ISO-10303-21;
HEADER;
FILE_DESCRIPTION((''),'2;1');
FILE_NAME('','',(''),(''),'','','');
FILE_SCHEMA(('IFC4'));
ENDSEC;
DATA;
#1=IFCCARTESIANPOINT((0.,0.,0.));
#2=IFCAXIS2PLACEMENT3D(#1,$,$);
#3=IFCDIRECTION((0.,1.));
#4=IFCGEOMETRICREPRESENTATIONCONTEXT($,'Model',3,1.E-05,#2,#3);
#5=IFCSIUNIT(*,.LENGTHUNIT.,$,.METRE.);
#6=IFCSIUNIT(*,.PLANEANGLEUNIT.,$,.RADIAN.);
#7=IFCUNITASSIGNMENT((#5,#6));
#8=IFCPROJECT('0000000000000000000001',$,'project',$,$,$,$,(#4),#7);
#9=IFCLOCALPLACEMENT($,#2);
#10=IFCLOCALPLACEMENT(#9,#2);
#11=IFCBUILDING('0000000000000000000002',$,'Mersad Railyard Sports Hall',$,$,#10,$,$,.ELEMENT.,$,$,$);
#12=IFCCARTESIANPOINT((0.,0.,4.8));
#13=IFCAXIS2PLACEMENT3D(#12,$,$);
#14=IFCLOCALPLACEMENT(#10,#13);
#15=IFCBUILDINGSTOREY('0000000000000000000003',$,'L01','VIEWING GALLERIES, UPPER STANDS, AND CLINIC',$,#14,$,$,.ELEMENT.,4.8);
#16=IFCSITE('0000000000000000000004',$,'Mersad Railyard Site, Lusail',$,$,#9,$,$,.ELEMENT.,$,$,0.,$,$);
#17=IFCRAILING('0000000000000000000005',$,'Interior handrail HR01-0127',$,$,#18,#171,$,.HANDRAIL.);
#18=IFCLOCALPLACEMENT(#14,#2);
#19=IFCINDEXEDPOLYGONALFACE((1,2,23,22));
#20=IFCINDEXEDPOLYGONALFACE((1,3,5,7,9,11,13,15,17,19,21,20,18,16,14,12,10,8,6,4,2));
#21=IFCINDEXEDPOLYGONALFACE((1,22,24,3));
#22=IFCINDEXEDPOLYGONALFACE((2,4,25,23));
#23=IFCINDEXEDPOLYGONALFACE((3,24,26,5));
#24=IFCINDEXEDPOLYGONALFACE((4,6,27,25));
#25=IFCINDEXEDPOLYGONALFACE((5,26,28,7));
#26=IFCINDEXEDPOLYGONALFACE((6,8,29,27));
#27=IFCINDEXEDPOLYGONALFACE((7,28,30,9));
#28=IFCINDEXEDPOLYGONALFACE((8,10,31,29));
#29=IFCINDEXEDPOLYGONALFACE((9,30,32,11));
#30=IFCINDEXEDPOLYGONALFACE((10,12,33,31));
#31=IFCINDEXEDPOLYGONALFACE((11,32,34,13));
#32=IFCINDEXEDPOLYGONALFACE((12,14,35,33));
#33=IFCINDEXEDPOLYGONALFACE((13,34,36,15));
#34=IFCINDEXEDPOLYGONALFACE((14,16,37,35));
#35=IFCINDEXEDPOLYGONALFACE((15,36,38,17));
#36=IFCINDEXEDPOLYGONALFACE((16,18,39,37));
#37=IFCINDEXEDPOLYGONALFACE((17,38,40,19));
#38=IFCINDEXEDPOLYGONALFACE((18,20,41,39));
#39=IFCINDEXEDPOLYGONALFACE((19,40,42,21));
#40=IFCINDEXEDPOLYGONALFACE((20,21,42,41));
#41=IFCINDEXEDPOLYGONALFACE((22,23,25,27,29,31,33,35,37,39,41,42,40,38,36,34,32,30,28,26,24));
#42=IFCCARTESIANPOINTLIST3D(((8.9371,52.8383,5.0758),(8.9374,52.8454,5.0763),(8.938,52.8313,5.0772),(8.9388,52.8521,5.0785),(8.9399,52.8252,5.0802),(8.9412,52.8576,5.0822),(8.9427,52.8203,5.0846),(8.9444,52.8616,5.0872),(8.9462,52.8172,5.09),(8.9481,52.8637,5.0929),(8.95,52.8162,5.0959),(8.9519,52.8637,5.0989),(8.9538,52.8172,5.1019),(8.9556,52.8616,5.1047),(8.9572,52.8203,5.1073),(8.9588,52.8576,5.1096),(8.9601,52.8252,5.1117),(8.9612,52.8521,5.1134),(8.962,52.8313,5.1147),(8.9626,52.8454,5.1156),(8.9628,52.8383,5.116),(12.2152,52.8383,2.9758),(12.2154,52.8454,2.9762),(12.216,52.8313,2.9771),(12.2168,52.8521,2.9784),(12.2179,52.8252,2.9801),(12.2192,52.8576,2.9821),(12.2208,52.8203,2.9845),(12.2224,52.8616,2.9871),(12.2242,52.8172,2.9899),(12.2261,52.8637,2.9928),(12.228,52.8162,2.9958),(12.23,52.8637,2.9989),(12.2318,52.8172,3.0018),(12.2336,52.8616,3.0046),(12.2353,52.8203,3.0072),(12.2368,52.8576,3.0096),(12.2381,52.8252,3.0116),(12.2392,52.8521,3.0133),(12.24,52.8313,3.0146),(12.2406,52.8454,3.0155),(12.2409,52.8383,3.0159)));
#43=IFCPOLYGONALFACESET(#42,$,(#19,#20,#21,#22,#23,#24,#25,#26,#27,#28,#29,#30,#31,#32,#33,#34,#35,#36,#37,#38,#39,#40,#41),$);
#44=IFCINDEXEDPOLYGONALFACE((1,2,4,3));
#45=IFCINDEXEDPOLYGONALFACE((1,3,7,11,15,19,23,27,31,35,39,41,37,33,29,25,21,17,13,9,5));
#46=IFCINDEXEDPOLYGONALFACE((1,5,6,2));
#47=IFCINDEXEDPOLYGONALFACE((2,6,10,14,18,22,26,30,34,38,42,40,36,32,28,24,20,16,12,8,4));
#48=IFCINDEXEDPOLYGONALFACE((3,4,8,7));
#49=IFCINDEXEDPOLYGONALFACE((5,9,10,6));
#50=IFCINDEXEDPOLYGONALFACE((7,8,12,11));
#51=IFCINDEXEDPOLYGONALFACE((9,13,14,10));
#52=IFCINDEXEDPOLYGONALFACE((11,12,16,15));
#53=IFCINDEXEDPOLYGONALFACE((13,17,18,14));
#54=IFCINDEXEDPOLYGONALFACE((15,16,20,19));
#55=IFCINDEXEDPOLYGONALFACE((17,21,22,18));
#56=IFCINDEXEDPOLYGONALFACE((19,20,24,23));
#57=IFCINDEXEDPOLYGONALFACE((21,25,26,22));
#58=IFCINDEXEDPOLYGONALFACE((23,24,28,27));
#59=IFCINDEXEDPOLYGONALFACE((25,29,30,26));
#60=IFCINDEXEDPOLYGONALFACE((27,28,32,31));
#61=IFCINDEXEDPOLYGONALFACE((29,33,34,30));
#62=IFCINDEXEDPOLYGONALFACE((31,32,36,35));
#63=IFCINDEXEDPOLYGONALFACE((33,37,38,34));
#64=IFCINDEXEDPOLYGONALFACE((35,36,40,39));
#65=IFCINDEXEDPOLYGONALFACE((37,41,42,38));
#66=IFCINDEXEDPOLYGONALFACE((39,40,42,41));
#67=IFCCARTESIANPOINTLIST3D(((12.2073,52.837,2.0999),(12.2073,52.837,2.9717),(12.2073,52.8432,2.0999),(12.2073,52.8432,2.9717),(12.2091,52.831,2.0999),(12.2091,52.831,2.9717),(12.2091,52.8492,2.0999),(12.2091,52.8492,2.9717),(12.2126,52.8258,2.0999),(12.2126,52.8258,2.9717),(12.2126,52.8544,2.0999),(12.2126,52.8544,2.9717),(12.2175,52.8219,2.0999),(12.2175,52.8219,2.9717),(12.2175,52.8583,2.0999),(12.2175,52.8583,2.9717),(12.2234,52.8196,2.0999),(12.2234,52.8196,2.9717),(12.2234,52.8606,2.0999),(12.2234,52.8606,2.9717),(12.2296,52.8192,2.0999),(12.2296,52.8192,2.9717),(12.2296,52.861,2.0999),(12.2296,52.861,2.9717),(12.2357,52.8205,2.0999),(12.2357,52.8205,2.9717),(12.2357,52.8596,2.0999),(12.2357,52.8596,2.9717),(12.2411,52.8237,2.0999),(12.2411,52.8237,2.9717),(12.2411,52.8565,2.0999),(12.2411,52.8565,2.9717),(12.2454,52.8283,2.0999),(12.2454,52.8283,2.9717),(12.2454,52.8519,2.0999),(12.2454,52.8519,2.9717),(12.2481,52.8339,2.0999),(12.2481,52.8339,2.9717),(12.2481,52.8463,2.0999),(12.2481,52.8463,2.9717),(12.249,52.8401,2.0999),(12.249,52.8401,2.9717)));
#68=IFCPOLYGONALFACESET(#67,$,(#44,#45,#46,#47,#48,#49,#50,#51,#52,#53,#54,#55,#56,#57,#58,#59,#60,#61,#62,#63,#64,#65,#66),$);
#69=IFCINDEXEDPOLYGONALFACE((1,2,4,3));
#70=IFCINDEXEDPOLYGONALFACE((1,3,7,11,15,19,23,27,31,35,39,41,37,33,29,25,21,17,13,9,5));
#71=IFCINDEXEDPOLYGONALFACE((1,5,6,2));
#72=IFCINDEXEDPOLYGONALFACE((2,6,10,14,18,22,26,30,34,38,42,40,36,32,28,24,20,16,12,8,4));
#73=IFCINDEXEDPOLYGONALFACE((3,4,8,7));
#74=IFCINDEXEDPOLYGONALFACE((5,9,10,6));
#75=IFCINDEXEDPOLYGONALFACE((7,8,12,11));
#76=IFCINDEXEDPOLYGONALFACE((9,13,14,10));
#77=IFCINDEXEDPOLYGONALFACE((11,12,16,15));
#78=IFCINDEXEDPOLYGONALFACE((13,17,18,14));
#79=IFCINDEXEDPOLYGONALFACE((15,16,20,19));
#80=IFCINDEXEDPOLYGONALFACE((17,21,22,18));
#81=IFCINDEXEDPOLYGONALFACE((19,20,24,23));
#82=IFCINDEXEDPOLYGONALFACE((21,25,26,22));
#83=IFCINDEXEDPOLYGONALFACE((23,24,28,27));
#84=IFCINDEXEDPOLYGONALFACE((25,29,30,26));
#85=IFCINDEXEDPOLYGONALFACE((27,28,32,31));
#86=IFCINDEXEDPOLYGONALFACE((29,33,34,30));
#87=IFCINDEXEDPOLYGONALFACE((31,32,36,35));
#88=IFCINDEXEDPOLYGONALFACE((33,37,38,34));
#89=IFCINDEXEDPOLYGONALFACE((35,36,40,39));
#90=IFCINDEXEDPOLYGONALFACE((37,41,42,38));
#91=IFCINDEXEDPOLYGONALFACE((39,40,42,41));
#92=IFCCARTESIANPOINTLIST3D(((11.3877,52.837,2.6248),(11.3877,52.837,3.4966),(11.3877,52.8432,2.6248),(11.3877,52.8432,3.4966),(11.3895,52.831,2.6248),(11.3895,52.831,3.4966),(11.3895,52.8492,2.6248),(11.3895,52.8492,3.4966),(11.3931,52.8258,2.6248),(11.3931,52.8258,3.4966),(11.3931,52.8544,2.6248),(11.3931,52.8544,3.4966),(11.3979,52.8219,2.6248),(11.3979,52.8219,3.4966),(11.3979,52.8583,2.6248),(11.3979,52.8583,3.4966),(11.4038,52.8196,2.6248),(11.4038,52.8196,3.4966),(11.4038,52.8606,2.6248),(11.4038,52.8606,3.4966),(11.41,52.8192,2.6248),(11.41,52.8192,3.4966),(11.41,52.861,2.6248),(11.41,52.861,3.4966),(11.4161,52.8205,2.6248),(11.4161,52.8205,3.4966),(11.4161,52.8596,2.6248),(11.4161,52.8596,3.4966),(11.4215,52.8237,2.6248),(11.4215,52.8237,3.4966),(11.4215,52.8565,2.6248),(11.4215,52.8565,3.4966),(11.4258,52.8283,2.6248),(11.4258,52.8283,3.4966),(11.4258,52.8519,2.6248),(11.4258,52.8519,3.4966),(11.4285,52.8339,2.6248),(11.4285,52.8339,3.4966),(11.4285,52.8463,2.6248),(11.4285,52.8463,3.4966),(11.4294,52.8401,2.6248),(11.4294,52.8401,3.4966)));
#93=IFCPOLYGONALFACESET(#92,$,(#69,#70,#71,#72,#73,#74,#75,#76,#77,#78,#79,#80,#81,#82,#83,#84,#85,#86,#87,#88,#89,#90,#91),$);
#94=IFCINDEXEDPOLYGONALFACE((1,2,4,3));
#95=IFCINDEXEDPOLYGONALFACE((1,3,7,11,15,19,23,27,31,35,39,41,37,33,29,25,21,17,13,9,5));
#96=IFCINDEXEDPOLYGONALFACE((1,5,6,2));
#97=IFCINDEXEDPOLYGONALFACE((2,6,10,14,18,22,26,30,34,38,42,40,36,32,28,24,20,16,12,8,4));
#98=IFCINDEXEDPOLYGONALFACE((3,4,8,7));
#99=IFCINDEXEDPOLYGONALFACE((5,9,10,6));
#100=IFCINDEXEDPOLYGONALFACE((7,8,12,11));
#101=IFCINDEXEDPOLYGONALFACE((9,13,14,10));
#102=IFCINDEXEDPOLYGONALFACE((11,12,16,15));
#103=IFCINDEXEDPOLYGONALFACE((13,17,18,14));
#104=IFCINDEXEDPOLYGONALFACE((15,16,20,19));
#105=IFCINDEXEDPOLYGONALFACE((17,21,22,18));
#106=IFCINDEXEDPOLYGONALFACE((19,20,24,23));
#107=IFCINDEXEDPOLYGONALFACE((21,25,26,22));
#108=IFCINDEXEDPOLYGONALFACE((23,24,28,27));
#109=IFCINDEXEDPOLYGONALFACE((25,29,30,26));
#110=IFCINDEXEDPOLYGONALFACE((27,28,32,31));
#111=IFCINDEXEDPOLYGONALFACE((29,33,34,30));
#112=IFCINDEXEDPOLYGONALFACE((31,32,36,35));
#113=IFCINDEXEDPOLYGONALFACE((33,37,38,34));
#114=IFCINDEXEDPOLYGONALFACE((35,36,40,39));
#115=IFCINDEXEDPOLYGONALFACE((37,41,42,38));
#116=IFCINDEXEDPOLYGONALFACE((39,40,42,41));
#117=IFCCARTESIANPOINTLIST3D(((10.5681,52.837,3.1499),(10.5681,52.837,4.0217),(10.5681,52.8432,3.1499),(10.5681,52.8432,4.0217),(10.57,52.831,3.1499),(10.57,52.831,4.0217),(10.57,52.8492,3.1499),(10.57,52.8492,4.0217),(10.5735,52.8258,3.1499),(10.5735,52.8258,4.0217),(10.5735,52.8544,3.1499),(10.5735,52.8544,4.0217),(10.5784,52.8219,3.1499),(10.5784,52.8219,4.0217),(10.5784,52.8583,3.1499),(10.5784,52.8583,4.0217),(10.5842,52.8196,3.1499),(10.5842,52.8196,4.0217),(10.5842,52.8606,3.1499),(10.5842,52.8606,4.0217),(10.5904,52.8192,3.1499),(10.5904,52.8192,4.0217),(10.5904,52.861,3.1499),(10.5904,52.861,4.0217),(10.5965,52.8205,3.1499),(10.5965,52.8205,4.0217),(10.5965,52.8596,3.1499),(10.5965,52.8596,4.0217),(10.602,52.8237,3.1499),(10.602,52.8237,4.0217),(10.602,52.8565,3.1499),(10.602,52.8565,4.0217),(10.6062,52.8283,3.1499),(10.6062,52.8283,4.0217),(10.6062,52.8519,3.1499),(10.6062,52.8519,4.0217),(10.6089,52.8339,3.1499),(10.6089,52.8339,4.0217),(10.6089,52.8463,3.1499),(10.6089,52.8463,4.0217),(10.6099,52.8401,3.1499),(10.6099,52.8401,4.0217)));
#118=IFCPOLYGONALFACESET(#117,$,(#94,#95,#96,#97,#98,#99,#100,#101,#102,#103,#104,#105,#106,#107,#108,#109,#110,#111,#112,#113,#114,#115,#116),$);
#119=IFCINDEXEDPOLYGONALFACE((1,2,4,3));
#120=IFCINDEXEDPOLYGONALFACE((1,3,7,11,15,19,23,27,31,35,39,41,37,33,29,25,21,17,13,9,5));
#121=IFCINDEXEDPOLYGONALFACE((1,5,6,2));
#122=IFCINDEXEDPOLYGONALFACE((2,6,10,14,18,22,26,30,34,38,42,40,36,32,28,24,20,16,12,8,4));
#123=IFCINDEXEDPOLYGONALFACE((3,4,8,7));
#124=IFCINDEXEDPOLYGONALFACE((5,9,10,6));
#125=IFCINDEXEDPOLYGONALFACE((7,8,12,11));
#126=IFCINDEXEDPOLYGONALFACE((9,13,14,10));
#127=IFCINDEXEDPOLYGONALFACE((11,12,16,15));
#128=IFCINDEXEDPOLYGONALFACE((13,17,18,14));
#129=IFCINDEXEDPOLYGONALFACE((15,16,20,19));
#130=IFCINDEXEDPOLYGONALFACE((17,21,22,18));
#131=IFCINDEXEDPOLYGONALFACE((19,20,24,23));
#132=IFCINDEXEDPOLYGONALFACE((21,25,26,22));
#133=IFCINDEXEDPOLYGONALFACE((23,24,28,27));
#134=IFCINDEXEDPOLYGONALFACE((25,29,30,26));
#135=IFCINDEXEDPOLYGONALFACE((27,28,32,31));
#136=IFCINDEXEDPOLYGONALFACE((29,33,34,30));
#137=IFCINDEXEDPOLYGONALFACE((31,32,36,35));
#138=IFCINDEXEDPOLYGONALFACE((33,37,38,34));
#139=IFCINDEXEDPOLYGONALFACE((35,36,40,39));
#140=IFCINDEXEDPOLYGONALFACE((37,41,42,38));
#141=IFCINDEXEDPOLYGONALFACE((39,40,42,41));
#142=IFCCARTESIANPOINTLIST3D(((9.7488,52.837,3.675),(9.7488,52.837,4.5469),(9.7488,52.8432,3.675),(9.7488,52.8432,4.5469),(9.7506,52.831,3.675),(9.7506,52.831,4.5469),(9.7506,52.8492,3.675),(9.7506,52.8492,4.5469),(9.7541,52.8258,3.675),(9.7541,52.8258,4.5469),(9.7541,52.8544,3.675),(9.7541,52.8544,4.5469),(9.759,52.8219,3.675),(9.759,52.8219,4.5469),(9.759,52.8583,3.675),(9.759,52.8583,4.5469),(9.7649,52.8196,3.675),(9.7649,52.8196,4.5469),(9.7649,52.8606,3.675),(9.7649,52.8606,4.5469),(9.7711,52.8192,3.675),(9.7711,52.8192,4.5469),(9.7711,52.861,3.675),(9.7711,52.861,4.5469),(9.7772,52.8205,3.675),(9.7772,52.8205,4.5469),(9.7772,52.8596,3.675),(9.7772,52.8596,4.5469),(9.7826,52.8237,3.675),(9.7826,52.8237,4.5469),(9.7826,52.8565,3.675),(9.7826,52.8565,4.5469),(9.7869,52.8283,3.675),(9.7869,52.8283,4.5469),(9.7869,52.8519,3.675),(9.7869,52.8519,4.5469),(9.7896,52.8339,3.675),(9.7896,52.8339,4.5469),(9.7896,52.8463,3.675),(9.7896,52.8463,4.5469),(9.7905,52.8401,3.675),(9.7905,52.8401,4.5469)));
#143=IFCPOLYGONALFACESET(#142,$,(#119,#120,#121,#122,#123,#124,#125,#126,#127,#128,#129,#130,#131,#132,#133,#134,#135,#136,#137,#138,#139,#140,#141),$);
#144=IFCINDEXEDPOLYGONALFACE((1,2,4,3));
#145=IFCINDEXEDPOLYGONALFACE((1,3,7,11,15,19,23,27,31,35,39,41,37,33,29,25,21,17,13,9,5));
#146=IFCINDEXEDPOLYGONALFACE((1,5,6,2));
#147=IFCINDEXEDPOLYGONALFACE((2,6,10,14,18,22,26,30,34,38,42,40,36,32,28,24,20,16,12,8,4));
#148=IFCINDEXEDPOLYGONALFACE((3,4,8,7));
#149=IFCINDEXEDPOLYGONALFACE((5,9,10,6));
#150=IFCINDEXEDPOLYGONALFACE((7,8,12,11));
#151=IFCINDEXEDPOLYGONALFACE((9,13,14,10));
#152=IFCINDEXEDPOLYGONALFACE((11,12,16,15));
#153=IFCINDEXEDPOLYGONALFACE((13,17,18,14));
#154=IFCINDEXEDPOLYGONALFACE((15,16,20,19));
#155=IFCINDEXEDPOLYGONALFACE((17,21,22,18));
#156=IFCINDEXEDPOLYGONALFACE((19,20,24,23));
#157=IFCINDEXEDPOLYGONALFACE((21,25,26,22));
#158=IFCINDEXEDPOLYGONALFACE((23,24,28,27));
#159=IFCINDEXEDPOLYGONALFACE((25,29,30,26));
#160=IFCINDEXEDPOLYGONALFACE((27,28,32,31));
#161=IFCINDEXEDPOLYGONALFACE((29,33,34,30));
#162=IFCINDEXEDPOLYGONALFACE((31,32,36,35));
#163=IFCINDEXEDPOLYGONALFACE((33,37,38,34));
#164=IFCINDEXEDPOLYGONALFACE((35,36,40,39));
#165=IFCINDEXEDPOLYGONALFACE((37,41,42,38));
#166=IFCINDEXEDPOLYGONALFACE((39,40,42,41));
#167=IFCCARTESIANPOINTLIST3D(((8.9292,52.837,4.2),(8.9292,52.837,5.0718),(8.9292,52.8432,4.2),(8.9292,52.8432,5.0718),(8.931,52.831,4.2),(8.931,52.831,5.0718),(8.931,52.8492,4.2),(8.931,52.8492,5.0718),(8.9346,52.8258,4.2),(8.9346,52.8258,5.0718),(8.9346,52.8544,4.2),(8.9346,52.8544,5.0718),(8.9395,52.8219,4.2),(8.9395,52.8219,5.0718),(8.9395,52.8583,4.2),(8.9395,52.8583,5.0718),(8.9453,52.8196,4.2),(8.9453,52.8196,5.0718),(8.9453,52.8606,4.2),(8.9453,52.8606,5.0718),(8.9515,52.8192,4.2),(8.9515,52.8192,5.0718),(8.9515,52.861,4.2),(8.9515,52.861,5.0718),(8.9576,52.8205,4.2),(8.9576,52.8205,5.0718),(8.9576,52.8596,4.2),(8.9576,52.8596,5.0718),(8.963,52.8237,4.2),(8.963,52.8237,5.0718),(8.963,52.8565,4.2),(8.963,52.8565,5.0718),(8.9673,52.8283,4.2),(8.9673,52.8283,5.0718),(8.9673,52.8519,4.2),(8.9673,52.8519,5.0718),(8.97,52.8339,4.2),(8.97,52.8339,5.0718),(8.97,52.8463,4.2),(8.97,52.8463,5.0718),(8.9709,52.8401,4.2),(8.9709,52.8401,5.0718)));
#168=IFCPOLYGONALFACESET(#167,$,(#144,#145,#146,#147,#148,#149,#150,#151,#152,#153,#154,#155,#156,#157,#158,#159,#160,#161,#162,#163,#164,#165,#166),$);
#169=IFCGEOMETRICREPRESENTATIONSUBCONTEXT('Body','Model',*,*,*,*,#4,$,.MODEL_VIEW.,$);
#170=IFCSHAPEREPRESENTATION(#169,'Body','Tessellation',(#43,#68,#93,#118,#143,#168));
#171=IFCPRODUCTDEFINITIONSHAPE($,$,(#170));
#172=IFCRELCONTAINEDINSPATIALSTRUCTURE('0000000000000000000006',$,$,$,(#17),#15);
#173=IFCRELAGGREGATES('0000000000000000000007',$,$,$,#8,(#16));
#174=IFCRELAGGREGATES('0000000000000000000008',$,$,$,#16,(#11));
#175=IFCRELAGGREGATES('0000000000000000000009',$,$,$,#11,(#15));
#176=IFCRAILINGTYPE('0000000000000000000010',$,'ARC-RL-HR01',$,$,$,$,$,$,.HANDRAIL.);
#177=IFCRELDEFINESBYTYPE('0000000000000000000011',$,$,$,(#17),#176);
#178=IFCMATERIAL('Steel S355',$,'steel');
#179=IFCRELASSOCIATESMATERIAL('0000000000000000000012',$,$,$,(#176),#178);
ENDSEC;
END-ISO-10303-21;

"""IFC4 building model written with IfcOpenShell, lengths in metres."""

from ifc_helpers import new_model, si_unit, direction, frame, origin, origin_2d, place, context, subcontext, project, spatial, circle, extrude, material, type_object, element, save


model = new_model("IFC4")

# Units and contexts
model_context = context("Model", 3, precision=1e-05, world=origin(), true_north=direction((0.0, 1.0)))
body_context = subcontext(model_context, "Body", "Model", "MODEL_VIEW")
ifc_project = project(units=[si_unit("LENGTHUNIT", "METRE"), si_unit("PLANEANGLEUNIT", "RADIAN")], contexts=[model_context])

# Site, building, storey
site_placement = place(None, origin())
site = spatial("IfcSite", under=ifc_project, at=site_placement, Name="Mersad Railyard Site, Lusail", CompositionType="ELEMENT", RefElevation=0.0)
building_placement = place(site_placement, origin())
building = spatial("IfcBuilding", under=site, at=building_placement, Name="Mersad Railyard Sports Hall", CompositionType="ELEMENT")
storey_placement = place(building_placement, frame((0.0, 0.0, 4.8)))
storey = spatial("IfcBuildingStorey", under=building, at=storey_placement, Name="L01", Description="VIEWING GALLERIES, UPPER STANDS, AND CLINIC", CompositionType="ELEMENT", Elevation=4.8)

# Shared definitions
ifc_material_1 = material(Name="Steel S355", Category="steel")

# Railing
railing_type = type_object("IfcRailingType", Name="ARC-RL-HR01", PredefinedType="HANDRAIL", material=ifc_material_1)
railing_placement = place(storey_placement, frame((12.228, 52.8401, 2.0999)))
element("IfcRailing", 1, at=railing_placement, inside=storey, type_object=railing_type, Name="Interior handrail HR01-0127", PredefinedType="HANDRAIL", context=body_context, shape_type="SweptSolid", body=[
    extrude(circle(Radius=0.0239, at=origin_2d()), frame((0.0, 0.0, 0.896), z_axis=(-0.842023, 0.0, 0.539442), x_axis=(0.0, -1.0, 0.0)), (0.0, 0.0, 1.0), 3.8931),
    extrude(circle(Radius=0.021, at=origin_2d()), origin(), (0.0, 0.0, 1.0), 0.8718),
    extrude(circle(Radius=0.021, at=origin_2d()), frame((-0.8196, 0.0, 0.5249)), (0.0, 0.0, 1.0), 0.8718),
    extrude(circle(Radius=0.021, at=origin_2d()), frame((-1.6392, 0.0, 1.05)), (0.0, 0.0, 1.0), 0.8718),
    extrude(circle(Radius=0.021, at=origin_2d()), frame((-2.4585, 0.0, 1.5752)), (0.0, 0.0, 1.0), 0.8718),
    extrude(circle(Radius=0.021, at=origin_2d()), frame((-3.2781, 0.0, 2.1001)), (0.0, 0.0, 1.0), 0.8718),
])

save(model, "model.ifc")
